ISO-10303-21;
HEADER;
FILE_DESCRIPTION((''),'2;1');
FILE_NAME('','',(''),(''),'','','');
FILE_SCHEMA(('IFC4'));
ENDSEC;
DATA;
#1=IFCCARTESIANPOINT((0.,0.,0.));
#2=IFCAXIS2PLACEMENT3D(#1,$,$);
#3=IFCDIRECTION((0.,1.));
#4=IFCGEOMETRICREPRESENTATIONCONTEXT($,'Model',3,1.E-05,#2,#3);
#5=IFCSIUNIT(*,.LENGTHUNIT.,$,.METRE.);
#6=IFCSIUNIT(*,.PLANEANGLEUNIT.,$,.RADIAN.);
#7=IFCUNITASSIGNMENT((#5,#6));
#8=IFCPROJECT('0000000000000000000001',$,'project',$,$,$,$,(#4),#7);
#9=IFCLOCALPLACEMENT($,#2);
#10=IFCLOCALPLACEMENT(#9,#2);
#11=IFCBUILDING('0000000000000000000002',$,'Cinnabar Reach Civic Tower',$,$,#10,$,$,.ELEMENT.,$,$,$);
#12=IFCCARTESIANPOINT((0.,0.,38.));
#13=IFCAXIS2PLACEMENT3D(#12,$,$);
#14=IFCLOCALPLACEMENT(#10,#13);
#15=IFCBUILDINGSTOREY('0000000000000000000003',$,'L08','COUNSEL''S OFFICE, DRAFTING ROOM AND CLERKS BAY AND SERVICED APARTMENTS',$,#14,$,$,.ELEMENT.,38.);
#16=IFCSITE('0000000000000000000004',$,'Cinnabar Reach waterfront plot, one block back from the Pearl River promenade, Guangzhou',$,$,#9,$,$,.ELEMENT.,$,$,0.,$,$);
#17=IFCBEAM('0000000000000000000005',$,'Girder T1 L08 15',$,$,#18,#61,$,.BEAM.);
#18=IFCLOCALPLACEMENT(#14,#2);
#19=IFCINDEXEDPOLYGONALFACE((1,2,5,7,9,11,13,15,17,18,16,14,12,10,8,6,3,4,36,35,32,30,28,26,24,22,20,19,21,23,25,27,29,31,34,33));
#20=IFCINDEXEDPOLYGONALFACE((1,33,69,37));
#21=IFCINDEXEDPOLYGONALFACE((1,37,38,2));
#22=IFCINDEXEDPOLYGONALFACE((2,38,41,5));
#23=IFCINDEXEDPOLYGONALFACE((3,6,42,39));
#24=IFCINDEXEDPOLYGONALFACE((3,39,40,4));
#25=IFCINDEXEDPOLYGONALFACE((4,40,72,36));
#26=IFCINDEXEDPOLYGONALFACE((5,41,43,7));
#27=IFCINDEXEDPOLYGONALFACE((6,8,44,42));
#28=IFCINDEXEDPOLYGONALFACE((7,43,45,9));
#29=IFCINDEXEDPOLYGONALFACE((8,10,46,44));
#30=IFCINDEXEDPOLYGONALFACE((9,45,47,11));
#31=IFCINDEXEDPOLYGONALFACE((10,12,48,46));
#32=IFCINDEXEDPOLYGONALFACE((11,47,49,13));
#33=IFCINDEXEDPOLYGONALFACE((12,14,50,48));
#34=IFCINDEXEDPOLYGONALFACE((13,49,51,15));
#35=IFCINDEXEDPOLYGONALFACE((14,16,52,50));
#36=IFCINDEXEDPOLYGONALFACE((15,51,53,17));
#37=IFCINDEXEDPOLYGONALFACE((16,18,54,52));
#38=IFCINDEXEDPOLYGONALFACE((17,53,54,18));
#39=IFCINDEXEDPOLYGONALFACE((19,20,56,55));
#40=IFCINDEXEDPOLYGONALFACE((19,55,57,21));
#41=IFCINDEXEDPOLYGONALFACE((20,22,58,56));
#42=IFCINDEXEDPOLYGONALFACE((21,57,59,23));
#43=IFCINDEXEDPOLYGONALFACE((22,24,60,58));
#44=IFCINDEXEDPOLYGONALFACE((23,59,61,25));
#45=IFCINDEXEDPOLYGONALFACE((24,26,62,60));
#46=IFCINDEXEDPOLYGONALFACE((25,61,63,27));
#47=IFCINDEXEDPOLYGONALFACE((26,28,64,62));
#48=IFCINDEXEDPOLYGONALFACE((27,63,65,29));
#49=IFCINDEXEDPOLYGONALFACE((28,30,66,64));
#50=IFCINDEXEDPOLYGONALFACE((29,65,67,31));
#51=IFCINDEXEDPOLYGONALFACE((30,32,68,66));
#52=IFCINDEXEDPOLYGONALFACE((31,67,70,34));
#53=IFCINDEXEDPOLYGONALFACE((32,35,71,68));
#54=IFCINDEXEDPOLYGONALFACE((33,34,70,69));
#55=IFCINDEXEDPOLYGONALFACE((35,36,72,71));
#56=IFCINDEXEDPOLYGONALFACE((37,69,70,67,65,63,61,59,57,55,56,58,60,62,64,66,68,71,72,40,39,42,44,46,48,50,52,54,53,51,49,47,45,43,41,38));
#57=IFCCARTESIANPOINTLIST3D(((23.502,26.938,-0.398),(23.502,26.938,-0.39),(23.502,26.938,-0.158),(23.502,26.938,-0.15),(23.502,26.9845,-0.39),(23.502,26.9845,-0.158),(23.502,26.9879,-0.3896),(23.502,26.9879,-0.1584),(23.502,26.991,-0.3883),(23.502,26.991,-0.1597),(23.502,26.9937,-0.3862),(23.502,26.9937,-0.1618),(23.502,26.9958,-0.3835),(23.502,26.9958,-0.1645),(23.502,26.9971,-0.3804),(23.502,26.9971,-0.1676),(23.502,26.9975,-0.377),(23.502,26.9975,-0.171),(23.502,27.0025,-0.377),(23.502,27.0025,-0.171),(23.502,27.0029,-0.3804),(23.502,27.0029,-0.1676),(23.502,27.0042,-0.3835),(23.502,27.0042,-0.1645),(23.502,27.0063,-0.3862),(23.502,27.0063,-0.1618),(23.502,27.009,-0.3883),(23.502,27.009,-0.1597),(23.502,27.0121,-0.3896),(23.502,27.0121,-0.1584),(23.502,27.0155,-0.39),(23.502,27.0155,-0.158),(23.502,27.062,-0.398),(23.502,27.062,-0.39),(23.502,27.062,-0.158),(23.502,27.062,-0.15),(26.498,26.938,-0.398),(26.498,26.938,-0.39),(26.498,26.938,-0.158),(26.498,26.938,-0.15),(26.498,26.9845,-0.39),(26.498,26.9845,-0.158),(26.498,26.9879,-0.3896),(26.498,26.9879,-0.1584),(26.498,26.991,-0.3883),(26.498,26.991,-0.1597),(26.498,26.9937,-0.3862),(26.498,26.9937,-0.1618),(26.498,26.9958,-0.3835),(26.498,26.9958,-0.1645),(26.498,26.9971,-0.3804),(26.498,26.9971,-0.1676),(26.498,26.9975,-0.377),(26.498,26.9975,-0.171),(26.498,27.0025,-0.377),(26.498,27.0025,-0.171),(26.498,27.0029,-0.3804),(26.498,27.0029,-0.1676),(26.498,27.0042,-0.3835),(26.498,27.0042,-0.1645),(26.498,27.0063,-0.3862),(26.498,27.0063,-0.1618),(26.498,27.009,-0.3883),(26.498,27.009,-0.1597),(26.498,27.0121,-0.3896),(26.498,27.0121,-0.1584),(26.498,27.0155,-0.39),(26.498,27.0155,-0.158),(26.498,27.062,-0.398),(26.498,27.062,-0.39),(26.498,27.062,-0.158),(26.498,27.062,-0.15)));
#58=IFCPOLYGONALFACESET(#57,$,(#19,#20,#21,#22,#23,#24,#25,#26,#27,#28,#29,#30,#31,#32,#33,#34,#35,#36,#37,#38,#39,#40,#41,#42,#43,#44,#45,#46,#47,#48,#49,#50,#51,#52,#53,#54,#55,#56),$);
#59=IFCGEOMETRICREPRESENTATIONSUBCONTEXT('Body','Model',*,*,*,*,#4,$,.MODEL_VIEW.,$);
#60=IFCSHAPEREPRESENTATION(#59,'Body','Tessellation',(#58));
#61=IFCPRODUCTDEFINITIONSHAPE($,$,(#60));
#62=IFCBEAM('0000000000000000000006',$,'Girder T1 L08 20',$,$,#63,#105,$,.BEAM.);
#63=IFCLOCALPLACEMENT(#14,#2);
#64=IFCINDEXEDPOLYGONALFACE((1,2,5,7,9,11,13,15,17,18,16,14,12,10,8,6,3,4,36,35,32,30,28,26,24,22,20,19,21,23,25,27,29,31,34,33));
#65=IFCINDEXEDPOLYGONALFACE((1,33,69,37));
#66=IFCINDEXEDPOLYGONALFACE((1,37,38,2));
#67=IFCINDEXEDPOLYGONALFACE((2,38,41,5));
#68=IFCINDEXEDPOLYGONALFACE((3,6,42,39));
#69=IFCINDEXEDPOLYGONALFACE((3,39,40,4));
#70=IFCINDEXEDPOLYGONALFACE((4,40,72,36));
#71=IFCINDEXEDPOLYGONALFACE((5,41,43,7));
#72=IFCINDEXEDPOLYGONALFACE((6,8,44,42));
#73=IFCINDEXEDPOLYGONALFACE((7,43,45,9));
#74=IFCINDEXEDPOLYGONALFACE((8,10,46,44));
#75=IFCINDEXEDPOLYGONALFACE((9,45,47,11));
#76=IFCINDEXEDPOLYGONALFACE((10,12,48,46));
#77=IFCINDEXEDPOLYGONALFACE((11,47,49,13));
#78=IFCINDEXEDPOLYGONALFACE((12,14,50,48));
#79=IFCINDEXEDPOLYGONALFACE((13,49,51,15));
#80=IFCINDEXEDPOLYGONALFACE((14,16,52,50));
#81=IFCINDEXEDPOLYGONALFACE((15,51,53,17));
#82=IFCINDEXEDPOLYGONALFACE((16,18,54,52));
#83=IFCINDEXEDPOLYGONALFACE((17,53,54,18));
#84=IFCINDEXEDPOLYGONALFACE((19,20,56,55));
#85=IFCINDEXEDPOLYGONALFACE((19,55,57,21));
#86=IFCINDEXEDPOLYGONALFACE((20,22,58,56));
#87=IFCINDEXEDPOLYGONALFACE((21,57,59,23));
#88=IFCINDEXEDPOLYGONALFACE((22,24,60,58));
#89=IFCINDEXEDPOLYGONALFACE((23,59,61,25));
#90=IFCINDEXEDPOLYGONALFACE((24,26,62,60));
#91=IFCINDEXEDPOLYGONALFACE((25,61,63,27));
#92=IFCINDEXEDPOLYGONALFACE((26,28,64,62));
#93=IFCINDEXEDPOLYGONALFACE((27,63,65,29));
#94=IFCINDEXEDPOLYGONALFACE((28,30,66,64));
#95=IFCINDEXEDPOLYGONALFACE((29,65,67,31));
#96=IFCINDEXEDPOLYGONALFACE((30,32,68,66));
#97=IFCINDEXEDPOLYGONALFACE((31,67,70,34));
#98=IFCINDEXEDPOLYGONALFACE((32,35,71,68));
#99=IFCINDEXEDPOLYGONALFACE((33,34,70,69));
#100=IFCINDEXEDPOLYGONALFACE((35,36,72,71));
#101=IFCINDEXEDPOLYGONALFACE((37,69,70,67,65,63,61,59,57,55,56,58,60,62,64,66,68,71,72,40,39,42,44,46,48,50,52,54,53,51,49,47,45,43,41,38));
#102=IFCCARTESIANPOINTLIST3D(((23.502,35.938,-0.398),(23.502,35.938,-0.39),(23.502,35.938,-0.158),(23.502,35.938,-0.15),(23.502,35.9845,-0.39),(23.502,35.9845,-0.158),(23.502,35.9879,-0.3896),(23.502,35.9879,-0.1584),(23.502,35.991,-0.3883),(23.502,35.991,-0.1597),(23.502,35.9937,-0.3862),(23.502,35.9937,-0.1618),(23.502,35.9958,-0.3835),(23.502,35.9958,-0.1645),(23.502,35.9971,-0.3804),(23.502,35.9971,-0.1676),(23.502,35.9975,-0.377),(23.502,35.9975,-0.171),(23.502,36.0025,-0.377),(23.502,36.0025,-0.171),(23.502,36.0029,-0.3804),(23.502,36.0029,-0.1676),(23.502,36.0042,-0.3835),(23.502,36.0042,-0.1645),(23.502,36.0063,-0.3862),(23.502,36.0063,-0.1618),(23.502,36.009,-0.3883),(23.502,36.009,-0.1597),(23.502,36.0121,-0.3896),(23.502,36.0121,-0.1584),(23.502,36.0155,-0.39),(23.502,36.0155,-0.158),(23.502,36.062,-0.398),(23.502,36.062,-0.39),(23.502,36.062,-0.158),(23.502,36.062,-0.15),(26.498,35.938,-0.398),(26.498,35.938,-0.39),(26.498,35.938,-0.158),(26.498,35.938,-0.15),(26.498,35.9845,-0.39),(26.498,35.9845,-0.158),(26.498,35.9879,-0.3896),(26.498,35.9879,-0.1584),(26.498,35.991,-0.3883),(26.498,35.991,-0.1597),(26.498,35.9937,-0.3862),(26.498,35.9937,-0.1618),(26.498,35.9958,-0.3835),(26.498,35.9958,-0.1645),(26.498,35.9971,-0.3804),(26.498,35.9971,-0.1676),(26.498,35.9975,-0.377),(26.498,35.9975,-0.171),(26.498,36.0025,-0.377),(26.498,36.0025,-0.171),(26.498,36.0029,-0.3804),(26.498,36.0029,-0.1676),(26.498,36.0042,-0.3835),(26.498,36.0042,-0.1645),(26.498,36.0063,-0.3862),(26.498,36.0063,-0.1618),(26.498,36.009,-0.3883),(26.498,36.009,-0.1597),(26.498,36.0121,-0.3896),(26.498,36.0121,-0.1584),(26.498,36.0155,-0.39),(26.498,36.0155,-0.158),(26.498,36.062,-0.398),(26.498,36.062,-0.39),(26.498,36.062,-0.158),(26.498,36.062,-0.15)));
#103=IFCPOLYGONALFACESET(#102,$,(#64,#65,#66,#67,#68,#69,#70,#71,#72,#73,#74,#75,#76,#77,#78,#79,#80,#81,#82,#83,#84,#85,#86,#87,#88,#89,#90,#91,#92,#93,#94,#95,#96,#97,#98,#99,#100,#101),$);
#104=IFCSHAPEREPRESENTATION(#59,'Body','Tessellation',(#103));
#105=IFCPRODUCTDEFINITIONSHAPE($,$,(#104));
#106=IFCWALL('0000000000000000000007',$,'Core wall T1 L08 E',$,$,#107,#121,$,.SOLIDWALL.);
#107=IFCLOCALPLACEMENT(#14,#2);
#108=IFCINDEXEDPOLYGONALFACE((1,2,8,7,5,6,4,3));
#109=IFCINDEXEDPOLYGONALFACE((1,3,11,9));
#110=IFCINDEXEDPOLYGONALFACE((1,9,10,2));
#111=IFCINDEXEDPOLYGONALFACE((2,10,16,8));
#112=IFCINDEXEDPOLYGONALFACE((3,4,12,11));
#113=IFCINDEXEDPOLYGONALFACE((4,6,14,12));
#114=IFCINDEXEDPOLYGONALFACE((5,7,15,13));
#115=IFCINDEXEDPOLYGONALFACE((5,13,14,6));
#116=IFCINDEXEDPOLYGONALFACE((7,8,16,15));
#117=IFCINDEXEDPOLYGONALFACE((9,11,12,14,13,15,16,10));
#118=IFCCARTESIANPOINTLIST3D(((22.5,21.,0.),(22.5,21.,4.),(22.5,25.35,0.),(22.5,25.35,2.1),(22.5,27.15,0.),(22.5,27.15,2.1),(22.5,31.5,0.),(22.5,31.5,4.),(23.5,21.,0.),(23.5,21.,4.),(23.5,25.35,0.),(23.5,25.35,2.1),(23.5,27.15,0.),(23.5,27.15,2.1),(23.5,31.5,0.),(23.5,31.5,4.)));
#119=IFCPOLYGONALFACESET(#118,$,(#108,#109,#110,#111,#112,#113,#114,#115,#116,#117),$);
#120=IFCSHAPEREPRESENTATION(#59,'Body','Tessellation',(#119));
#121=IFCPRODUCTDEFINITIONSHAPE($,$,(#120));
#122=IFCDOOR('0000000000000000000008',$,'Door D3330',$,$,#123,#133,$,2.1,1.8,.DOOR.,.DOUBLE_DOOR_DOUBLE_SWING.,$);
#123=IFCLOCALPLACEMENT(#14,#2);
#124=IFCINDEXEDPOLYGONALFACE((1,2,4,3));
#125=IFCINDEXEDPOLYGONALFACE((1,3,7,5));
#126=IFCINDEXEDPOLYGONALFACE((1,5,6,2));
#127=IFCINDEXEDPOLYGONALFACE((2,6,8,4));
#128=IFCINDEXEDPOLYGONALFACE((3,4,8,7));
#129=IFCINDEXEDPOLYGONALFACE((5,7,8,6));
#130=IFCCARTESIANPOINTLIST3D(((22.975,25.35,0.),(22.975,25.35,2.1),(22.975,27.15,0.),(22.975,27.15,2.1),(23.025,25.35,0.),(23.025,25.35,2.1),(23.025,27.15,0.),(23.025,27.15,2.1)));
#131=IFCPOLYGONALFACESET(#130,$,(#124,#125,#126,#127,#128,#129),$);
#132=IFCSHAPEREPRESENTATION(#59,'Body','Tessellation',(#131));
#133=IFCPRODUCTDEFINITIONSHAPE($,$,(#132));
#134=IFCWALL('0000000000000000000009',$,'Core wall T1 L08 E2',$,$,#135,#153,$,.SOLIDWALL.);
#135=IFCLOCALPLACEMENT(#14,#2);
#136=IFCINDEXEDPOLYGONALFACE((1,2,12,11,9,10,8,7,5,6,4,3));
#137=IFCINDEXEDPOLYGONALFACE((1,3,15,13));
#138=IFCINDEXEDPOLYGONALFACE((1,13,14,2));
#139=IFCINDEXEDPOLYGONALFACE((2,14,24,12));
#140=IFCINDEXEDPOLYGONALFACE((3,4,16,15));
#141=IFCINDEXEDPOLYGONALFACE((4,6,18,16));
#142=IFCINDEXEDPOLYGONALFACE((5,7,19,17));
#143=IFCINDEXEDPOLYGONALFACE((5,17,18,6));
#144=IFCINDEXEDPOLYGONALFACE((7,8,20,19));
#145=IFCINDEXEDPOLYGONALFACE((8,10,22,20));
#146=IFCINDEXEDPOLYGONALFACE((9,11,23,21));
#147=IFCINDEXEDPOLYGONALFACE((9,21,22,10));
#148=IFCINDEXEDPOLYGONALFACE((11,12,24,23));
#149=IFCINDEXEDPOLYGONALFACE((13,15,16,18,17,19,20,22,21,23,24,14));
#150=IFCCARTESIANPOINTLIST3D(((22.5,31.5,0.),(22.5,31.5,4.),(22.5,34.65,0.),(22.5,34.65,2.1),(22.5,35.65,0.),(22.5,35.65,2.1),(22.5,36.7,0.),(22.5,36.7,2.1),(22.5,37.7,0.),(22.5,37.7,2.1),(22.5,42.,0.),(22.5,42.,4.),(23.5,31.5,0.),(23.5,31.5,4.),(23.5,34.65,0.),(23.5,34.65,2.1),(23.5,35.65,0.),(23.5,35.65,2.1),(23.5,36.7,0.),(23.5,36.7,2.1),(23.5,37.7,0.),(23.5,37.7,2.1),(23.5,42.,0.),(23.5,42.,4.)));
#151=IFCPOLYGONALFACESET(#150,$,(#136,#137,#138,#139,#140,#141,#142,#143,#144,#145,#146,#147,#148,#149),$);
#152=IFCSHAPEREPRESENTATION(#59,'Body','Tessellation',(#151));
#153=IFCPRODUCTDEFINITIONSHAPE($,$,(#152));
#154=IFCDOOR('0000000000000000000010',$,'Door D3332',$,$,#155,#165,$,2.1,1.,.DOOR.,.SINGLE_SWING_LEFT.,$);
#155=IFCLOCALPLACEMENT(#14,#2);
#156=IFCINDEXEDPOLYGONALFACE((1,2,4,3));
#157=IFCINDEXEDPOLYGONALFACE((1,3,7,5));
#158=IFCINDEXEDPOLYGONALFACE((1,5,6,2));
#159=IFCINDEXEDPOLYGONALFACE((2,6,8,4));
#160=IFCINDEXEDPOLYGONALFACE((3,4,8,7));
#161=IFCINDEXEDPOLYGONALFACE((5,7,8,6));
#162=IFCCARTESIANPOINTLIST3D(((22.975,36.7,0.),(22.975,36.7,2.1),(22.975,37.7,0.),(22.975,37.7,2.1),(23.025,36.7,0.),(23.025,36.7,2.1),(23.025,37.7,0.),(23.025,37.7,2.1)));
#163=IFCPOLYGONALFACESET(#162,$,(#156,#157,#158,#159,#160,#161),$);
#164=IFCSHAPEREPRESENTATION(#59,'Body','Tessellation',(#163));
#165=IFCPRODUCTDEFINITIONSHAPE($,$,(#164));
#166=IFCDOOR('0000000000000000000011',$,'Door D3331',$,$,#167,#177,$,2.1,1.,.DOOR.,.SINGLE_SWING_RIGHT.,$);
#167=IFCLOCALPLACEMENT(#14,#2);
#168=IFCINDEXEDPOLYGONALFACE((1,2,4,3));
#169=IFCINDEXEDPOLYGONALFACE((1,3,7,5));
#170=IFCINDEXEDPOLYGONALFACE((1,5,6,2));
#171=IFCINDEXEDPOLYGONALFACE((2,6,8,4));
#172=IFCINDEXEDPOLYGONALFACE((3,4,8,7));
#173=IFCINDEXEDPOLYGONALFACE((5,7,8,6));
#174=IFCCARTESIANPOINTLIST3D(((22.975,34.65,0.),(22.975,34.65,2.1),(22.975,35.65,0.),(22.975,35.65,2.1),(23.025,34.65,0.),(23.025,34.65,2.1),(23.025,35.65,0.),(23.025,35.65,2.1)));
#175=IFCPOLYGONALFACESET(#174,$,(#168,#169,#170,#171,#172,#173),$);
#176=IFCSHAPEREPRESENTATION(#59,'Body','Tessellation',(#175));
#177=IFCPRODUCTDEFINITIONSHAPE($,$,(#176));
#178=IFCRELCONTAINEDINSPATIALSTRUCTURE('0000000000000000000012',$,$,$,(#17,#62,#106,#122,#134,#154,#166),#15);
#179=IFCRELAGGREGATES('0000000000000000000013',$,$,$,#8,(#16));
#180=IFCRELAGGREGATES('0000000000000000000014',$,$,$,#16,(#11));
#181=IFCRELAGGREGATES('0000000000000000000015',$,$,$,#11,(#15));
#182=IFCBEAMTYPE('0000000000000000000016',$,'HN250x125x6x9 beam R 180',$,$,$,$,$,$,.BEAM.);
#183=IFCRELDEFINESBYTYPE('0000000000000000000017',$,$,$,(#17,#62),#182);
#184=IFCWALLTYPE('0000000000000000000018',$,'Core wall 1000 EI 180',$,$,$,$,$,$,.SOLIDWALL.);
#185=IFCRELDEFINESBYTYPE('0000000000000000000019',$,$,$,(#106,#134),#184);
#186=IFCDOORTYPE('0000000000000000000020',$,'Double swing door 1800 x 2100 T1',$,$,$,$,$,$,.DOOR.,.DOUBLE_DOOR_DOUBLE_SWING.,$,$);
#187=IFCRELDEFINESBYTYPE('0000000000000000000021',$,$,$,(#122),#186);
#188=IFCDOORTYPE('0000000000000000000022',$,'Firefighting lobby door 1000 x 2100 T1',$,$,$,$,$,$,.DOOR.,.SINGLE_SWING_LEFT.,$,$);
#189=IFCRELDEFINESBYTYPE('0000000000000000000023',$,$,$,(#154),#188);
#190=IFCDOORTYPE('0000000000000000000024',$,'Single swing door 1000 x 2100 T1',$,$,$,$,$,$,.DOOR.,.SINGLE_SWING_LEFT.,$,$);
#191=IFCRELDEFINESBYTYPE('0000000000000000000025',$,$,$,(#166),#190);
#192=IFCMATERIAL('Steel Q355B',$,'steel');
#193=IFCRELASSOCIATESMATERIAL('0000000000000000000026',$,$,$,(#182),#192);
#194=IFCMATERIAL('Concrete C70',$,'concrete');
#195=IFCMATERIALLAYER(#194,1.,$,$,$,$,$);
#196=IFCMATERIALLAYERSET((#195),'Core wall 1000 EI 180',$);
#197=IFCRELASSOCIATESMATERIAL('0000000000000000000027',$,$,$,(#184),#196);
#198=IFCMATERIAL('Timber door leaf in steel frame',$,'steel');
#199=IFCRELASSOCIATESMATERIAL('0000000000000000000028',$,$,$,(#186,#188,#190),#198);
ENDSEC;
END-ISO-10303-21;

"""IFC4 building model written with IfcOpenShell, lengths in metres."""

from ifc_helpers import new_model, si_unit, direction, frame, frame_2d, origin, origin_2d, place, context, subcontext, project, spatial, rectangle, i_section, extrude, material, layer, layer_set, material_profile, profile_set, type_object, element, fill, save


model = new_model("IFC4")

# Units and contexts
model_context = context("Model", 3, precision=1e-05, world=origin(), true_north=direction((0.0, 1.0)))
body_context = subcontext(model_context, "Body", "Model", "MODEL_VIEW")
ifc_project = project(units=[si_unit("LENGTHUNIT", "METRE"), si_unit("PLANEANGLEUNIT", "RADIAN")], contexts=[model_context])

# Site, building, storey
site_placement = place(None, origin())
site = spatial("IfcSite", under=ifc_project, at=site_placement, Name="Cinnabar Reach waterfront plot, one block back from the Pearl River promenade, Guangzhou", CompositionType="ELEMENT", RefElevation=0.0)
building_placement = place(site_placement, origin())
building = spatial("IfcBuilding", under=site, at=building_placement, Name="Cinnabar Reach Civic Tower", CompositionType="ELEMENT")
storey_placement = place(building_placement, frame((0.0, 0.0, 38.0)))
storey = spatial("IfcBuildingStorey", under=building, at=storey_placement, Name="L08", Description="COUNSEL'S OFFICE, DRAFTING ROOM AND CLERKS BAY AND SERVICED APARTMENTS", CompositionType="ELEMENT", Elevation=38.0)

# Beams
ifc_material_1 = material(Name="Steel Q355B", Category="steel")
ifc_material_profile = material_profile(ifc_material_1, i_section(OverallWidth=0.124, OverallDepth=0.248, WebThickness=0.005, FlangeThickness=0.008, FilletRadius=0.013, at=origin_2d()), Name="HN250x125x6x9")
ifc_profile_set = profile_set([ifc_material_profile], Name="Steel Q355B")
beam_type = type_object("IfcBeamType", Name="HN250x125x6x9 beam R 180", PredefinedType="BEAM", material=ifc_profile_set)
for number, where, z_axis, x_axis, name in (
    (1, (23.502, 27.0, -0.274), (1.0, 0.0, 0.0), (0.0, 1.0, 0.0), "Girder T1 L08 15"),
    (2, (23.502, 36.0, -0.274), (1.0, 0.0, 0.0), (0.0, 1.0, 0.0), "Girder T1 L08 20"),
):
    element("IfcBeam", number, at=place(storey_placement, frame(where, z_axis=z_axis, x_axis=x_axis)), inside=storey, type_object=beam_type, Name=name, PredefinedType="BEAM", context=body_context, shape_type="SweptSolid", body=[
        extrude(i_section(OverallWidth=0.124, OverallDepth=0.248, WebThickness=0.005, FlangeThickness=0.008, FilletRadius=0.013, at=origin_2d()), origin(), (0.0, 0.0, 1.0), 2.996),
    ])

# Wall, opening, door
ifc_material_2 = material(Name="Concrete C70", Category="concrete")
ifc_layer_1 = layer(ifc_material_2, 1.0)
ifc_layer_set_1 = layer_set([ifc_layer_1], Name="Core wall 1000 EI 180")
wall_type_1 = type_object("IfcWallType", Name="Core wall 1000 EI 180", PredefinedType="SOLIDWALL", material=ifc_layer_set_1)
wall_1_placement = place(storey_placement, frame((23.0, 21.0, 0.0), z_axis=(0.0, 0.0, 1.0), x_axis=(0.0, 1.0, 0.0)))
wall_1 = element("IfcWall", 3, at=wall_1_placement, inside=storey, type_object=wall_type_1, Name="Core wall T1 L08 E", PredefinedType="SOLIDWALL", context=body_context, shape_type="SweptSolid", body=[
    extrude(rectangle(XDim=10.5, YDim=1.0, at=frame_2d((5.25, 0.0))), origin(), (0.0, 0.0, 1.0), 4.0),
])
opening_1_placement = place(wall_1_placement, frame((4.35, 0.0, 0.0)))
opening_1 = element("IfcOpeningElement", 4, at=opening_1_placement, cuts=wall_1, PredefinedType="OPENING", context=body_context, shape_type="SweptSolid", body=[
    extrude(rectangle(XDim=1.8, YDim=2.1, at=frame_2d((0.9, 1.05))), frame((0.0, 0.51, 0.0), z_axis=(0.0, -1.0, 0.0), x_axis=(1.0, 0.0, 0.0)), (0.0, 0.0, 1.0), 1.02),
])
ifc_material_3 = material(Name="Timber door leaf in steel frame", Category="steel")
door_type_1 = type_object("IfcDoorType", Name="Double swing door 1800 x 2100 T1", OperationType="DOUBLE_DOOR_DOUBLE_SWING", PredefinedType="DOOR", material=ifc_material_3)
door_1_placement = place(opening_1_placement, origin())
door_1 = element("IfcDoor", 5, at=door_1_placement, inside=storey, type_object=door_type_1, Name="Door D3330", OperationType="DOUBLE_DOOR_DOUBLE_SWING", OverallHeight=2.1, OverallWidth=1.8, PredefinedType="DOOR", context=body_context, shape_type="SweptSolid", body=[
    extrude(rectangle(XDim=1.8, YDim=2.1, at=frame_2d((0.9, 1.05))), frame((0.0, 0.025, 0.0), z_axis=(0.0, -1.0, 0.0), x_axis=(1.0, 0.0, 0.0)), (0.0, 0.0, 1.0), 0.05),
])
fill(opening_1, door_1)

# Wall, openings, doors
wall_2_placement = place(storey_placement, frame((23.0, 31.5, 0.0), z_axis=(0.0, 0.0, 1.0), x_axis=(0.0, 1.0, 0.0)))
wall_2 = element("IfcWall", 6, at=wall_2_placement, inside=storey, type_object=wall_type_1, Name="Core wall T1 L08 E2", PredefinedType="SOLIDWALL", context=body_context, shape_type="SweptSolid", body=[
    extrude(rectangle(XDim=10.5, YDim=1.0, at=frame_2d((5.25, 0.0))), origin(), (0.0, 0.0, 1.0), 4.0),
])
opening_2_placement = place(wall_2_placement, frame((3.15, 0.0, 0.0)))
opening_2 = element("IfcOpeningElement", 7, at=opening_2_placement, cuts=wall_2, PredefinedType="OPENING", context=body_context, shape_type="SweptSolid", body=[
    extrude(rectangle(XDim=1.0, YDim=2.1, at=frame_2d((0.5, 1.05))), frame((0.0, 0.51, 0.0), z_axis=(0.0, -1.0, 0.0), x_axis=(1.0, 0.0, 0.0)), (0.0, 0.0, 1.0), 1.02),
])
opening_3_placement = place(wall_2_placement, frame((5.2, 0.0, 0.0)))
opening_3 = element("IfcOpeningElement", 8, at=opening_3_placement, cuts=wall_2, PredefinedType="OPENING", context=body_context, shape_type="SweptSolid", body=[
    extrude(rectangle(XDim=1.0, YDim=2.1, at=frame_2d((0.5, 1.05))), frame((0.0, 0.51, 0.0), z_axis=(0.0, -1.0, 0.0), x_axis=(1.0, 0.0, 0.0)), (0.0, 0.0, 1.0), 1.02),
])
door_type_2 = type_object("IfcDoorType", Name="Firefighting lobby door 1000 x 2100 T1", OperationType="SINGLE_SWING_LEFT", PredefinedType="DOOR", material=ifc_material_3)
door_2_placement = place(opening_3_placement, origin())
door_2 = element("IfcDoor", 9, at=door_2_placement, inside=storey, type_object=door_type_2, Name="Door D3332", OperationType="SINGLE_SWING_LEFT", OverallHeight=2.1, OverallWidth=1.0, PredefinedType="DOOR", context=body_context, shape_type="SweptSolid", body=[
    extrude(rectangle(XDim=1.0, YDim=2.1, at=frame_2d((0.5, 1.05))), frame((0.0, 0.025, 0.0), z_axis=(0.0, -1.0, 0.0), x_axis=(1.0, 0.0, 0.0)), (0.0, 0.0, 1.0), 0.05),
])
fill(opening_3, door_2)
door_type_3 = type_object("IfcDoorType", Name="Single swing door 1000 x 2100 T1", OperationType="SINGLE_SWING_LEFT", PredefinedType="DOOR", material=ifc_material_3)
door_3_placement = place(opening_2_placement, origin())
door_3 = element("IfcDoor", 10, at=door_3_placement, inside=storey, type_object=door_type_3, Name="Door D3331", OperationType="SINGLE_SWING_RIGHT", OverallHeight=2.1, OverallWidth=1.0, PredefinedType="DOOR", context=body_context, shape_type="SweptSolid", body=[
    extrude(rectangle(XDim=1.0, YDim=2.1, at=frame_2d((0.5, 1.05))), frame((0.0, 0.025, 0.0), z_axis=(0.0, -1.0, 0.0), x_axis=(1.0, 0.0, 0.0)), (0.0, 0.0, 1.0), 0.05),
])
fill(opening_2, door_3)

save(model, "model.ifc")
